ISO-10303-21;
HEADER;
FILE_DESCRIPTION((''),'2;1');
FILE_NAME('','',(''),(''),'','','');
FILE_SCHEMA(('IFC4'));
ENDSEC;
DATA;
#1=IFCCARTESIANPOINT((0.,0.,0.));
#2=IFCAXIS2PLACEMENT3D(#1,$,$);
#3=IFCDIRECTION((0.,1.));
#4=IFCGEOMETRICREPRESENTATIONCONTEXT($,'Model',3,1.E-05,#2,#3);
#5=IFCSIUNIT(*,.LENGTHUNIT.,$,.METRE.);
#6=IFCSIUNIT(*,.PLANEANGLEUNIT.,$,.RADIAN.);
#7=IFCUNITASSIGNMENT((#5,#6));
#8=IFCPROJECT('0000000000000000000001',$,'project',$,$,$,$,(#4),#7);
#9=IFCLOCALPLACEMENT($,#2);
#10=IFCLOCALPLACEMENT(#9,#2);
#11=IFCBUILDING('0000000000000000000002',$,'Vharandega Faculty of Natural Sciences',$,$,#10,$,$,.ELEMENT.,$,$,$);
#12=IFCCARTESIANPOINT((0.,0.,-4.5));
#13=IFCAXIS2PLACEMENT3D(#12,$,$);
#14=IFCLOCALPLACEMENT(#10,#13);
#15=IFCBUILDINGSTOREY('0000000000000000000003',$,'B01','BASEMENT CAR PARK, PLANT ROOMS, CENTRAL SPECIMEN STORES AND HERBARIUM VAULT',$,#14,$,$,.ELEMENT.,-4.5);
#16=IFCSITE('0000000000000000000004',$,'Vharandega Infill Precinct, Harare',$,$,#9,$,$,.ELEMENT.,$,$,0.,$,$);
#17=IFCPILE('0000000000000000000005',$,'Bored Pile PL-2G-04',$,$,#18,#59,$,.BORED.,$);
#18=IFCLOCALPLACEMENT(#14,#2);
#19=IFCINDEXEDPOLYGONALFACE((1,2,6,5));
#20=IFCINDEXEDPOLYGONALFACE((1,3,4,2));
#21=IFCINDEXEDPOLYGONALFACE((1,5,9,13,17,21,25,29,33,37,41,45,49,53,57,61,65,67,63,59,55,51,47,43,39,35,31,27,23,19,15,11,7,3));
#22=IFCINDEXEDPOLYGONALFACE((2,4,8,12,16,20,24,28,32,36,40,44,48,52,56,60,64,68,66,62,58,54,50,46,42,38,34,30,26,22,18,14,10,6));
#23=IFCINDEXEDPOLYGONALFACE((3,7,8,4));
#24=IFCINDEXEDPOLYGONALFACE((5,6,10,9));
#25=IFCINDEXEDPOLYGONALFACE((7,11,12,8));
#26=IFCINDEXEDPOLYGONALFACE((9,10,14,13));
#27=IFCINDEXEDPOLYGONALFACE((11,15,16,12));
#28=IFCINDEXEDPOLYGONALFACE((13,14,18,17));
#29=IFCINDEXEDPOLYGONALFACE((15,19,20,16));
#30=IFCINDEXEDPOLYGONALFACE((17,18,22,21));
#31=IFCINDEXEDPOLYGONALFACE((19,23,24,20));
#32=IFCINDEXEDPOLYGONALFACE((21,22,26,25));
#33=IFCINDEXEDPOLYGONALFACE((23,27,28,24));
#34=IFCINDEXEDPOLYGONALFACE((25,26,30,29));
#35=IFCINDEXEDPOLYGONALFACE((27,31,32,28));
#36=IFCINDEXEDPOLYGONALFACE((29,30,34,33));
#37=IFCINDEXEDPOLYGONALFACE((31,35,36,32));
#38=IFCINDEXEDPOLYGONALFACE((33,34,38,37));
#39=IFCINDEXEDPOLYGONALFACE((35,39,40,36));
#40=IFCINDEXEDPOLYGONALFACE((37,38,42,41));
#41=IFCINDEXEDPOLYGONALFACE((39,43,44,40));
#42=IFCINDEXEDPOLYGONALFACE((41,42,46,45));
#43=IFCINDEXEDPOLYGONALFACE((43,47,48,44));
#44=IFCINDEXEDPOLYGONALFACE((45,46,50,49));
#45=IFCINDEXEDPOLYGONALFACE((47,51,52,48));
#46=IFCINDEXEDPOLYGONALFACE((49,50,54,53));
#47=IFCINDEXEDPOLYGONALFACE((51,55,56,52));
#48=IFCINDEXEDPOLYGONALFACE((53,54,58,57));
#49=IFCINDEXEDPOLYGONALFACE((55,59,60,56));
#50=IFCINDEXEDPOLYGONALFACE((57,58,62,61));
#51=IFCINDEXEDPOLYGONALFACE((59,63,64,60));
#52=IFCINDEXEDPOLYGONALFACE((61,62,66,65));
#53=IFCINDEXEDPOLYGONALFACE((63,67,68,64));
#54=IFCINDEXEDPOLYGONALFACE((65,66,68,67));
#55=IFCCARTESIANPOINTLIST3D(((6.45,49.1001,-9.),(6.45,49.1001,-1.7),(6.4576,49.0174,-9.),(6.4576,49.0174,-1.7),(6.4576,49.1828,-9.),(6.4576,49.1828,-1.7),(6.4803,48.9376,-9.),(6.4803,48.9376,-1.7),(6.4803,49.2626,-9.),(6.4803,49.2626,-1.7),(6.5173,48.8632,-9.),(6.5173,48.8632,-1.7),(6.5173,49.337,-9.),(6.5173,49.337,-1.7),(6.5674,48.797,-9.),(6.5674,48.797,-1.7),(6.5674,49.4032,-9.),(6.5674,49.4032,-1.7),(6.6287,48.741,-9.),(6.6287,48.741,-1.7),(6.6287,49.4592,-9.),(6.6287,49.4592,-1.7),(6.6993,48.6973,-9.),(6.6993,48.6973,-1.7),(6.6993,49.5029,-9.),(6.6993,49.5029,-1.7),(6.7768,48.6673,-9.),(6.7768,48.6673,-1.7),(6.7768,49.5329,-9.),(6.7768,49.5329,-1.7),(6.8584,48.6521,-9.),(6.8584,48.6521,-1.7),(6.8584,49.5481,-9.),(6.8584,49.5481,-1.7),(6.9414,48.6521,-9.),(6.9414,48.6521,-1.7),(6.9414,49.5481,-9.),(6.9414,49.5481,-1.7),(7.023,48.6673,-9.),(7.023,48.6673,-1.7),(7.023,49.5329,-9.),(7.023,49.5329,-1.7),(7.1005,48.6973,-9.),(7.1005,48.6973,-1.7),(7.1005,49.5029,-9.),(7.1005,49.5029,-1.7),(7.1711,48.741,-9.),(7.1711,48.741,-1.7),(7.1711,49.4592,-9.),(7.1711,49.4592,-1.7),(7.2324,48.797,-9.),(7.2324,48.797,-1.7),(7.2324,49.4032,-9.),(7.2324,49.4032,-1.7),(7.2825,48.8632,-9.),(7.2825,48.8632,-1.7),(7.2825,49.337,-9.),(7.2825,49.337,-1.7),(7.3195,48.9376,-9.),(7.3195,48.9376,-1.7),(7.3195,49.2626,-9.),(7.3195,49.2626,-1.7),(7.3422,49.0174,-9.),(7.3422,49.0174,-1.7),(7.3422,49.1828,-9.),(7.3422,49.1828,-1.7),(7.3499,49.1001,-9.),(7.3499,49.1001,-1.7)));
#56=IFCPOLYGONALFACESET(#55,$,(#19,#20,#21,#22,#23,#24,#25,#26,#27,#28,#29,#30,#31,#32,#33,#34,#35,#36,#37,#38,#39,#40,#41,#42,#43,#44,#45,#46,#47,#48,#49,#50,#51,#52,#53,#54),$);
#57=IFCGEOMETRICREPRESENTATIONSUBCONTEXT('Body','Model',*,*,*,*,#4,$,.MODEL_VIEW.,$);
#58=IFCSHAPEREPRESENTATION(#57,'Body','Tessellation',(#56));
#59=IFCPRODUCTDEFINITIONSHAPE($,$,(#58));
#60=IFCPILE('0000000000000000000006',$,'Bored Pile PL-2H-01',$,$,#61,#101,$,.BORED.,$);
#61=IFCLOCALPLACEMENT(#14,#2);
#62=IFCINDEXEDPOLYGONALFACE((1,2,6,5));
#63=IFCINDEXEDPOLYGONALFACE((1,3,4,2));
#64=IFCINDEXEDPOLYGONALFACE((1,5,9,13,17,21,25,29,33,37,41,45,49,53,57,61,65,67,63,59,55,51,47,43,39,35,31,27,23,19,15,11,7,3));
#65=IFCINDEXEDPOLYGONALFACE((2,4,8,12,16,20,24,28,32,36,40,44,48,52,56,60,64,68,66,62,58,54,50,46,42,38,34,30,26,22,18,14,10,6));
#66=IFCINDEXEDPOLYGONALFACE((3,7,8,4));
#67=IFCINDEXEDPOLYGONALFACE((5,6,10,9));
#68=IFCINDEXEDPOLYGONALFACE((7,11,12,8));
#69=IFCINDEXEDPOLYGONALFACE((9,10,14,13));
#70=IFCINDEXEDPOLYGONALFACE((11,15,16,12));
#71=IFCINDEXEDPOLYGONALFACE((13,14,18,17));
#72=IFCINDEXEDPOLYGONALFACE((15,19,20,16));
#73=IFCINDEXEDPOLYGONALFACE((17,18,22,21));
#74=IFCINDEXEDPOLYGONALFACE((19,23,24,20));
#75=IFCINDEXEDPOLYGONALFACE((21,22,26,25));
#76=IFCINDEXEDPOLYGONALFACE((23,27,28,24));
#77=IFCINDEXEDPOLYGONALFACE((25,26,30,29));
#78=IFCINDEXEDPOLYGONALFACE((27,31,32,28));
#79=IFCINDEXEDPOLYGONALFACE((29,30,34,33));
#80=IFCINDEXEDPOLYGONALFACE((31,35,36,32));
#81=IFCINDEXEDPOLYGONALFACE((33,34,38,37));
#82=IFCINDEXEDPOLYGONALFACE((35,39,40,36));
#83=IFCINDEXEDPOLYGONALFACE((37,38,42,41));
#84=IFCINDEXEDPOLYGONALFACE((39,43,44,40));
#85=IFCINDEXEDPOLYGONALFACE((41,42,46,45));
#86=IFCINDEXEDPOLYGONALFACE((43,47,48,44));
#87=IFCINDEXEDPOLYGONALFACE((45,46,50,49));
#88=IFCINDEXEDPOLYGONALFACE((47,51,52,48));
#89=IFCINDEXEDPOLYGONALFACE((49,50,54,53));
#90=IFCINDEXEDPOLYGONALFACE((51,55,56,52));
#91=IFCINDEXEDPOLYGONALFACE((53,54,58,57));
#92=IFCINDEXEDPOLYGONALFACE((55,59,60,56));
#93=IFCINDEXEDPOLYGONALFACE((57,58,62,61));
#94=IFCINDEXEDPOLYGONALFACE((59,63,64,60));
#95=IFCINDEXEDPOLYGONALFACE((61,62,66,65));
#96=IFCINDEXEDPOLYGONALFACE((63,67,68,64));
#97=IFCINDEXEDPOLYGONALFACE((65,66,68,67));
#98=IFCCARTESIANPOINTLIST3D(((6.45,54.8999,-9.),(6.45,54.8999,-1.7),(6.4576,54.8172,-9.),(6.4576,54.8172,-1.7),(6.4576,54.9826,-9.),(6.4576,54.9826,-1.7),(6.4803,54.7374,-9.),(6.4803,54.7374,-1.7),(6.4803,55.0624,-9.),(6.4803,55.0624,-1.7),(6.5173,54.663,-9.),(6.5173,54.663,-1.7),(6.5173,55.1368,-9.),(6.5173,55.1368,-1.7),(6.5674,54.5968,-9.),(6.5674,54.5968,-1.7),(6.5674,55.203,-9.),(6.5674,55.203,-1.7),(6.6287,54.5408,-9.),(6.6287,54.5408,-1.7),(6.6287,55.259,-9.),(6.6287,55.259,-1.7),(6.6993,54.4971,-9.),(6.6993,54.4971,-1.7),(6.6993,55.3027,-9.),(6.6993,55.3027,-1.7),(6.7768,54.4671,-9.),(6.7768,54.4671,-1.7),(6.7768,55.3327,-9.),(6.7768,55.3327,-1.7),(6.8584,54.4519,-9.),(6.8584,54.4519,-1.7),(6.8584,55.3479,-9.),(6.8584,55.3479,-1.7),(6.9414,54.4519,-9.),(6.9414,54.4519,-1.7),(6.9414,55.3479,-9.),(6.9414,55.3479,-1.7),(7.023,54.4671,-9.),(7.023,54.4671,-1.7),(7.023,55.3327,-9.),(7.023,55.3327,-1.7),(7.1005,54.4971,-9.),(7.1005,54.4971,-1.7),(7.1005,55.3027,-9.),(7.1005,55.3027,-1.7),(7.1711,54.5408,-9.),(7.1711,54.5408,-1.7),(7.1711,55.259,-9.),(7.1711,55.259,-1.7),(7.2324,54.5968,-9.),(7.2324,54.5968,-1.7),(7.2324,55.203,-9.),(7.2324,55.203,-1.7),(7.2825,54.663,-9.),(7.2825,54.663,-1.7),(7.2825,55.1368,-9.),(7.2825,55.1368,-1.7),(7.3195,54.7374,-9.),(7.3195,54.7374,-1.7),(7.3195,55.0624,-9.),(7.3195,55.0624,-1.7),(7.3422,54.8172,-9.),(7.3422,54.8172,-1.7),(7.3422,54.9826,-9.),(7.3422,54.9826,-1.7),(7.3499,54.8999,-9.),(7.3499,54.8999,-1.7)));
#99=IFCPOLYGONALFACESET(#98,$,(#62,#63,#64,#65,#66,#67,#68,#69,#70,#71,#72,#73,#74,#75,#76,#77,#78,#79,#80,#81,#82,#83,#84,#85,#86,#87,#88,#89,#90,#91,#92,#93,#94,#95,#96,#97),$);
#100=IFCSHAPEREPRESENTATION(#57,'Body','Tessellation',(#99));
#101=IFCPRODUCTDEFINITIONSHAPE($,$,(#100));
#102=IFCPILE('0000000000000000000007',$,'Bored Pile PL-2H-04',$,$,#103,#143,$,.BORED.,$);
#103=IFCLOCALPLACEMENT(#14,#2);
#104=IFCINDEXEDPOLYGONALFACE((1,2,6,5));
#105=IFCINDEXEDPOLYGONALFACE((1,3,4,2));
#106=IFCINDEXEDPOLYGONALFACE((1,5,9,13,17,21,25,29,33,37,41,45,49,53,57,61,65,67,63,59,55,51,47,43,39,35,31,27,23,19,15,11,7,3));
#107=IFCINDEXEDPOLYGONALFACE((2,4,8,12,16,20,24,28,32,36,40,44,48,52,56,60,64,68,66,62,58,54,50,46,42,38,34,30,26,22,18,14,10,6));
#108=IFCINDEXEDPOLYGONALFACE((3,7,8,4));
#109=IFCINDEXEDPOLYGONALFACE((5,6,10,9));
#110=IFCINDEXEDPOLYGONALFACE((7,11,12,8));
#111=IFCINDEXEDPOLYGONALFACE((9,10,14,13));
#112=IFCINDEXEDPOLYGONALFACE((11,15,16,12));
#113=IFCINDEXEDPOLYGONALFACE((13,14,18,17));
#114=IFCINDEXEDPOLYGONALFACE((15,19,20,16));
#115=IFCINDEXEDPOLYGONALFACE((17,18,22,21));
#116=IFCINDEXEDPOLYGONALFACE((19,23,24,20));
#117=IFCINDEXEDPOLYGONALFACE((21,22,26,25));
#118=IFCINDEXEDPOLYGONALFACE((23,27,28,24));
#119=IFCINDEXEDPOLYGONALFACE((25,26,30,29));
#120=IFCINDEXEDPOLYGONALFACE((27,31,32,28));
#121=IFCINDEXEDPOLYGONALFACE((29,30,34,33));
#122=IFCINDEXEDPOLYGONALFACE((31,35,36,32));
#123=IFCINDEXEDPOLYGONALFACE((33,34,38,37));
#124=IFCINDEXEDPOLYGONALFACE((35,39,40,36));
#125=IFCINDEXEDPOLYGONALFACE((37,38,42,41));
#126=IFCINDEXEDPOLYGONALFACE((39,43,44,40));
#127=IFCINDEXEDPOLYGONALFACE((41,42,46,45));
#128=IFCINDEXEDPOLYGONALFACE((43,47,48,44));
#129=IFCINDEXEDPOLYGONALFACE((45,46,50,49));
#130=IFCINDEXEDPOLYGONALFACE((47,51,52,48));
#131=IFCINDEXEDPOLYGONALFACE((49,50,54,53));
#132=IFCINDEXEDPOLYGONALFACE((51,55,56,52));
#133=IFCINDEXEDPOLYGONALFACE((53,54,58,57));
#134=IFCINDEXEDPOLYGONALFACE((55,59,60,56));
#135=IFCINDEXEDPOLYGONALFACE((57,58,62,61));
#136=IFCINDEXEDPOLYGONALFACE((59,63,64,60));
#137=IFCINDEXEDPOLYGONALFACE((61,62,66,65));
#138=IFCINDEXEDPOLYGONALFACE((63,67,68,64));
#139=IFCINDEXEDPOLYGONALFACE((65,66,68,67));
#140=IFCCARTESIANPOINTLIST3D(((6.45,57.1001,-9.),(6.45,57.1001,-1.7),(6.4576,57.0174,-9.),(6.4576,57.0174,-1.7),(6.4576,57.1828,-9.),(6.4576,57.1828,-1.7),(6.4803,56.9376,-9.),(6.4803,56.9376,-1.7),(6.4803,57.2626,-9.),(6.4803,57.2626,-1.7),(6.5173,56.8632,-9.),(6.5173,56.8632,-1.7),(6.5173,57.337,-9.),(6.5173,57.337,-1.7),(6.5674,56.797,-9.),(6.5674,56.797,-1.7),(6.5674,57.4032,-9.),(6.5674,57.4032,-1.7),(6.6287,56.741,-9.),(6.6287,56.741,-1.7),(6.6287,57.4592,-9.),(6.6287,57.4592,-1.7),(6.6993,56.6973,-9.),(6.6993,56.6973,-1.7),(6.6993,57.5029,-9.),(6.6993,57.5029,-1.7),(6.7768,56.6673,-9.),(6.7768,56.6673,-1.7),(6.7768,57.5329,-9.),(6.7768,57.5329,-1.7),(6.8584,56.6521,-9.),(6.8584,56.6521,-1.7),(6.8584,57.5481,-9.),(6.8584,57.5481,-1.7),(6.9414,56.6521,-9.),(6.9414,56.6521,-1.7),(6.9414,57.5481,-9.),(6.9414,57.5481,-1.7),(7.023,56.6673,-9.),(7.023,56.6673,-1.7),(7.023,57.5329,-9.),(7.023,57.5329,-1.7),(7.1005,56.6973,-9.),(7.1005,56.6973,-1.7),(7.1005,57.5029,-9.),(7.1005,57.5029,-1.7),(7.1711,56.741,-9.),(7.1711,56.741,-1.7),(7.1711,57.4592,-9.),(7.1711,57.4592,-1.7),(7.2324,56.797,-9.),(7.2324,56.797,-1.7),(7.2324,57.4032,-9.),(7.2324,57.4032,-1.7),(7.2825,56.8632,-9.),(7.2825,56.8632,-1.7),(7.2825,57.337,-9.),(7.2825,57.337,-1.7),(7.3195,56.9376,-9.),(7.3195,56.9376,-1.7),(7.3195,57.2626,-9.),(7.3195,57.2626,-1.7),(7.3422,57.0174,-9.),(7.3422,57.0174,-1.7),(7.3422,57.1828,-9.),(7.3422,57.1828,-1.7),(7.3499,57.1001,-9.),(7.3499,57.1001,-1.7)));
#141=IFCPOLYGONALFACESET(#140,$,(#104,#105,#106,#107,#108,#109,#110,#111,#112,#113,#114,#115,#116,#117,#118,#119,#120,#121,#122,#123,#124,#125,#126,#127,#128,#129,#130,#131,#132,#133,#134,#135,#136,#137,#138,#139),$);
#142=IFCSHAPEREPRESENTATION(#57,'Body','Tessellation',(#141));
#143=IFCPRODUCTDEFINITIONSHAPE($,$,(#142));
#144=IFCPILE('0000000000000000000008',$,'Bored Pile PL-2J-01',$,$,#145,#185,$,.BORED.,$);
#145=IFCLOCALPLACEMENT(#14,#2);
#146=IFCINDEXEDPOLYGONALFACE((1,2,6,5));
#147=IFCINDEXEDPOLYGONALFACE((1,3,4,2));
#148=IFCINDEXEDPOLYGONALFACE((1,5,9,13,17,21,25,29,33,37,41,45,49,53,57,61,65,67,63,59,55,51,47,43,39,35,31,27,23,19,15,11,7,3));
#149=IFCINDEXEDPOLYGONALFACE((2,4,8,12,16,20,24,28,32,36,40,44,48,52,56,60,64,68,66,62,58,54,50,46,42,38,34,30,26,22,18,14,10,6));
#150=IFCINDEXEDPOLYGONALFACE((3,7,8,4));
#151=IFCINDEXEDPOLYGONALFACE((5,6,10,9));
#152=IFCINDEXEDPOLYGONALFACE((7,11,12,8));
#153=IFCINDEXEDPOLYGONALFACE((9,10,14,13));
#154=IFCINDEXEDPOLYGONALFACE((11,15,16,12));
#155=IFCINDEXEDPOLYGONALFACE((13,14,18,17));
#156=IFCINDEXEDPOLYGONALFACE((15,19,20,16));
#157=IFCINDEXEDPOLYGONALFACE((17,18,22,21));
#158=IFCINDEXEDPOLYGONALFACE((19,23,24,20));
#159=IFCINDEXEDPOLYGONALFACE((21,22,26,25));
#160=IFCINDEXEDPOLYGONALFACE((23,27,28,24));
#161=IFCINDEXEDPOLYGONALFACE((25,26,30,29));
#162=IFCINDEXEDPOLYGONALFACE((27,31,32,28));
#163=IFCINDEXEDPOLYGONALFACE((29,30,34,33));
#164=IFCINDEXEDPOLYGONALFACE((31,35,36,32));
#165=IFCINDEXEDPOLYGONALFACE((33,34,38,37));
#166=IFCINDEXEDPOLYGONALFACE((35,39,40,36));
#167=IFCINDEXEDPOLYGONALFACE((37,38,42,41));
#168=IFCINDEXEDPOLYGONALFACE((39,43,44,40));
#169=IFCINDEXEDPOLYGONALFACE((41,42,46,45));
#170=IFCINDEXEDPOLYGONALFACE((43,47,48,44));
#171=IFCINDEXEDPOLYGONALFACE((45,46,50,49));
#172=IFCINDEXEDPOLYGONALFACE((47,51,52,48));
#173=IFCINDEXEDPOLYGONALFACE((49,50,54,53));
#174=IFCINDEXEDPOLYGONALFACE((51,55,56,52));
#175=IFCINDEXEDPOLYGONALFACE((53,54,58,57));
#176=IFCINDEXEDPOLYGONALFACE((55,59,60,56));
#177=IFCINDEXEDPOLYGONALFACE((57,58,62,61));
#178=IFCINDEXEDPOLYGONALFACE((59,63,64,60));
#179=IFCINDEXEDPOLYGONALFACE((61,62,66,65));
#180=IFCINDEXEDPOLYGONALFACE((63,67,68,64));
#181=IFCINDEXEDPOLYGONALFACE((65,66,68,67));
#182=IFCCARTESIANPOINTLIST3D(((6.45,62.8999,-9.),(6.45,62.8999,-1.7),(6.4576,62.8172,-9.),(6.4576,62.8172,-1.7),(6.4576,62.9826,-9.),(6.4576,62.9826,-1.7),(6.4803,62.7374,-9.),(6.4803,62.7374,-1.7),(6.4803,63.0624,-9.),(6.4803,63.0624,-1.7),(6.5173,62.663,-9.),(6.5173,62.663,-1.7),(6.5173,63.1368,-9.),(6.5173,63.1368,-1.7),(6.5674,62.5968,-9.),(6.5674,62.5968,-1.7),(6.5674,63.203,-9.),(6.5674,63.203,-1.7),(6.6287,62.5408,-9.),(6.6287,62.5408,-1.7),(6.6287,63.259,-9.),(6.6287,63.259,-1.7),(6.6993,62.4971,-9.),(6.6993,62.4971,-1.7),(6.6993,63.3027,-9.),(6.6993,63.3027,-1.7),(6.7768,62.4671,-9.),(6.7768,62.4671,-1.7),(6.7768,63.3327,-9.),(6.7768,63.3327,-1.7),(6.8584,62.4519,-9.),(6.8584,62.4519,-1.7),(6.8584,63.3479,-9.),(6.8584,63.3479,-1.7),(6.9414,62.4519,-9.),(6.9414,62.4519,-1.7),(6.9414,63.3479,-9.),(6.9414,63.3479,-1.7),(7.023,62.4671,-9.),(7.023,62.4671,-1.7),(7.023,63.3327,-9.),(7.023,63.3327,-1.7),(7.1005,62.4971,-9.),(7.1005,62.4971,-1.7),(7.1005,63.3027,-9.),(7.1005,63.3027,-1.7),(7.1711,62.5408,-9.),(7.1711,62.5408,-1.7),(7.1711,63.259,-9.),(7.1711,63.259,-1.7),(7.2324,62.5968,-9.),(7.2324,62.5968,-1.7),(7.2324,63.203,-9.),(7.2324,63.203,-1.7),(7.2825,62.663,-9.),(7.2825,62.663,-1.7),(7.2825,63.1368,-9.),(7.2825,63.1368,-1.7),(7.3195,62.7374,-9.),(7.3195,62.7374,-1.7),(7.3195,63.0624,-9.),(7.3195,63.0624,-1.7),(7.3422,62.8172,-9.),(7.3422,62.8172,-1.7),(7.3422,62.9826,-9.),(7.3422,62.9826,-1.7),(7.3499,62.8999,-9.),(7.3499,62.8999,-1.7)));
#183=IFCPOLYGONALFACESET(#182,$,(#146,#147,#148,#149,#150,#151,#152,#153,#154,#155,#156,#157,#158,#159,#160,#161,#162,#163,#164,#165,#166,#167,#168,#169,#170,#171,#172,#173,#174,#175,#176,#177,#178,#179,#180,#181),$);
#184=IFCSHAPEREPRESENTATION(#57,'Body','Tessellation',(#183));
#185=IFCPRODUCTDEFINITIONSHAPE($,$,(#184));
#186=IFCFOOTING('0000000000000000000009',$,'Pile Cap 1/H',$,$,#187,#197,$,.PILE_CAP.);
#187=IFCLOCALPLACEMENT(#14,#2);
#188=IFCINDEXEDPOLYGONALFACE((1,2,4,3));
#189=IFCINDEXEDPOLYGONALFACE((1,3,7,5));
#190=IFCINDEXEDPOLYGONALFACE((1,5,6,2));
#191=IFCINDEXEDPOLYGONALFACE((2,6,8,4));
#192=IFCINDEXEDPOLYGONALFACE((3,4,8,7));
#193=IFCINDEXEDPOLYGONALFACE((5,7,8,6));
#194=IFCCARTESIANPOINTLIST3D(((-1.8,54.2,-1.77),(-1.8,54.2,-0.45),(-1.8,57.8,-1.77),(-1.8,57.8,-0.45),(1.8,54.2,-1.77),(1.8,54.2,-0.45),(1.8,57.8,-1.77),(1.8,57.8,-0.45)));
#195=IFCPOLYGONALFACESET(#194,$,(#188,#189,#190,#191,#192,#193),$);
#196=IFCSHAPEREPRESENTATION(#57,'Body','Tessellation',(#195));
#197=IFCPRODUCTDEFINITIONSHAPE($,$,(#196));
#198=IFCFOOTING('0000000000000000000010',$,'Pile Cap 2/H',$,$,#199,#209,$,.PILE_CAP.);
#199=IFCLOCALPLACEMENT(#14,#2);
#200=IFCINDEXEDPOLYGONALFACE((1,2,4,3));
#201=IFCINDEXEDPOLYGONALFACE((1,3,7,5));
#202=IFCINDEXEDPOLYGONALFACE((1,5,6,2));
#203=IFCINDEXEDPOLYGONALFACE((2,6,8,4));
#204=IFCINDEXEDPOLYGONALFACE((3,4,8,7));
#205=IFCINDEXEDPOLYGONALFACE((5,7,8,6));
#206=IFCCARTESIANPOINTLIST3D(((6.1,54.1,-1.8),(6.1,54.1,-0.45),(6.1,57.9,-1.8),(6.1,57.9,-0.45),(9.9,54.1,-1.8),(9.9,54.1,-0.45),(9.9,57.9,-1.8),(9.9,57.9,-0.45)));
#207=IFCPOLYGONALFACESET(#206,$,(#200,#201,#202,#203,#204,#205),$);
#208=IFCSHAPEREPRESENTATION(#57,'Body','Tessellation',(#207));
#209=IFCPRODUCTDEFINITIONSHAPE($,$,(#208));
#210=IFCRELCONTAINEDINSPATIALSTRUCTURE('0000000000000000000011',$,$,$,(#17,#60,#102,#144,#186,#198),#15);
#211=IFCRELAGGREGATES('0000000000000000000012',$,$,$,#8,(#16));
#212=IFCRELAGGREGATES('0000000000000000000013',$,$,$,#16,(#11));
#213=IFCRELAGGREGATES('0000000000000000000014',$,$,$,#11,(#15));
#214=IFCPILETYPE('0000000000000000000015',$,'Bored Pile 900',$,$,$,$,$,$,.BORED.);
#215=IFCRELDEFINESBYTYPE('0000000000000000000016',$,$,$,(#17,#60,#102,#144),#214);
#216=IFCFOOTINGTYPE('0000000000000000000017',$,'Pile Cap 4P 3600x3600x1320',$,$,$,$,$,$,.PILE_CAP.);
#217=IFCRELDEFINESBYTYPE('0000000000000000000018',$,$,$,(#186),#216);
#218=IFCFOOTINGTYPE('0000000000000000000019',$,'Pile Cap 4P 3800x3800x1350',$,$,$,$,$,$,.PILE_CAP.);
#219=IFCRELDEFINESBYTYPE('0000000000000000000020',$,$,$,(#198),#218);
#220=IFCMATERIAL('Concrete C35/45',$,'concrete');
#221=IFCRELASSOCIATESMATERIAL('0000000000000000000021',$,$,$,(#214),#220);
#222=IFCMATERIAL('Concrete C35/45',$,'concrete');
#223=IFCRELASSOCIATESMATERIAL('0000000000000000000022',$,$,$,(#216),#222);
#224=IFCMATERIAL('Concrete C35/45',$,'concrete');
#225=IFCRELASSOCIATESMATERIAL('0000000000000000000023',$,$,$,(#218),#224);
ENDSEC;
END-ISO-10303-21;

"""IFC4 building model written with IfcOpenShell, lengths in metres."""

from ifc_helpers import new_model, si_unit, direction, frame, origin, origin_2d, place, context, subcontext, project, spatial, rectangle, circle, extrude, material, material_profile, profile_set, type_object, element, save


model = new_model("IFC4")

# Units and contexts
model_context = context("Model", 3, precision=1e-05, world=origin(), true_north=direction((0.0, 1.0)))
body_context = subcontext(model_context, "Body", "Model", "MODEL_VIEW")
ifc_project = project(units=[si_unit("LENGTHUNIT", "METRE"), si_unit("PLANEANGLEUNIT", "RADIAN")], contexts=[model_context])

# Site, building, storey
site_placement = place(None, origin())
site = spatial("IfcSite", under=ifc_project, at=site_placement, Name="Vharandega Infill Precinct, Harare", CompositionType="ELEMENT", RefElevation=0.0)
building_placement = place(site_placement, origin())
building = spatial("IfcBuilding", under=site, at=building_placement, Name="Vharandega Faculty of Natural Sciences", CompositionType="ELEMENT")
storey_placement = place(building_placement, frame((0.0, 0.0, -4.5)))
storey = spatial("IfcBuildingStorey", under=building, at=storey_placement, Name="B01", Description="BASEMENT CAR PARK, PLANT ROOMS, CENTRAL SPECIMEN STORES AND HERBARIUM VAULT", CompositionType="ELEMENT", Elevation=-4.5)

# Piles
ifc_material_1 = material(Name="Concrete C35/45", Category="concrete")
ifc_material_profile_1 = material_profile(ifc_material_1, circle(Radius=0.45, at=origin_2d()), Name="PILE 900")
ifc_profile_set_1 = profile_set([ifc_material_profile_1], Name="Concrete C35/45")
pile_type = type_object("IfcPileType", Name="Bored Pile 900", PredefinedType="BORED", material=ifc_profile_set_1)
for number, where, z_axis, x_axis, name in (
    (1, (6.8999, 49.1001, -1.7), (0.0, 0.0, -1.0), (1.0, 0.0, 0.0), "Bored Pile PL-2G-04"),
    (2, (6.8999, 54.8999, -1.7), (0.0, 0.0, -1.0), (1.0, 0.0, 0.0), "Bored Pile PL-2H-01"),
    (3, (6.8999, 57.1001, -1.7), (0.0, 0.0, -1.0), (1.0, 0.0, 0.0), "Bored Pile PL-2H-04"),
    (4, (6.8999, 62.8999, -1.7), (0.0, 0.0, -1.0), (1.0, 0.0, 0.0), "Bored Pile PL-2J-01"),
):
    element("IfcPile", number, at=place(storey_placement, frame(where, z_axis=z_axis, x_axis=x_axis)), inside=storey, type_object=pile_type, Name=name, PredefinedType="BORED", context=body_context, shape_type="SweptSolid", body=[
        extrude(circle(Radius=0.45, at=origin_2d()), origin(), (0.0, 0.0, 1.0), 7.3),
    ])

# Footings
ifc_material_2 = material(Name="Concrete C35/45", Category="concrete")
footing_type_1 = type_object("IfcFootingType", Name="Pile Cap 4P 3600x3600x1320", PredefinedType="PILE_CAP", material=ifc_material_2)
footing_1_placement = place(storey_placement, frame((0.0, 56.0, -1.77), z_axis=(0.0, 0.0, 1.0), x_axis=(1.0, 0.0, 0.0)))
element("IfcFooting", 5, at=footing_1_placement, inside=storey, type_object=footing_type_1, Name="Pile Cap 1/H", PredefinedType="PILE_CAP", context=body_context, shape_type="SweptSolid", body=[
    extrude(rectangle(XDim=3.6001, YDim=3.6001, at=origin_2d()), origin(), (0.0, 0.0, 1.0), 1.3201),
])
ifc_material_3 = material(Name="Concrete C35/45", Category="concrete")
footing_type_2 = type_object("IfcFootingType", Name="Pile Cap 4P 3800x3800x1350", PredefinedType="PILE_CAP", material=ifc_material_3)
footing_2_placement = place(storey_placement, frame((8.0, 56.0, -1.8), z_axis=(0.0, 0.0, 1.0), x_axis=(1.0, 0.0, 0.0)))
element("IfcFooting", 6, at=footing_2_placement, inside=storey, type_object=footing_type_2, Name="Pile Cap 2/H", PredefinedType="PILE_CAP", context=body_context, shape_type="SweptSolid", body=[
    extrude(rectangle(XDim=3.8, YDim=3.8, at=origin_2d()), origin(), (0.0, 0.0, 1.0), 1.3501),
])

save(model, "model.ifc")
